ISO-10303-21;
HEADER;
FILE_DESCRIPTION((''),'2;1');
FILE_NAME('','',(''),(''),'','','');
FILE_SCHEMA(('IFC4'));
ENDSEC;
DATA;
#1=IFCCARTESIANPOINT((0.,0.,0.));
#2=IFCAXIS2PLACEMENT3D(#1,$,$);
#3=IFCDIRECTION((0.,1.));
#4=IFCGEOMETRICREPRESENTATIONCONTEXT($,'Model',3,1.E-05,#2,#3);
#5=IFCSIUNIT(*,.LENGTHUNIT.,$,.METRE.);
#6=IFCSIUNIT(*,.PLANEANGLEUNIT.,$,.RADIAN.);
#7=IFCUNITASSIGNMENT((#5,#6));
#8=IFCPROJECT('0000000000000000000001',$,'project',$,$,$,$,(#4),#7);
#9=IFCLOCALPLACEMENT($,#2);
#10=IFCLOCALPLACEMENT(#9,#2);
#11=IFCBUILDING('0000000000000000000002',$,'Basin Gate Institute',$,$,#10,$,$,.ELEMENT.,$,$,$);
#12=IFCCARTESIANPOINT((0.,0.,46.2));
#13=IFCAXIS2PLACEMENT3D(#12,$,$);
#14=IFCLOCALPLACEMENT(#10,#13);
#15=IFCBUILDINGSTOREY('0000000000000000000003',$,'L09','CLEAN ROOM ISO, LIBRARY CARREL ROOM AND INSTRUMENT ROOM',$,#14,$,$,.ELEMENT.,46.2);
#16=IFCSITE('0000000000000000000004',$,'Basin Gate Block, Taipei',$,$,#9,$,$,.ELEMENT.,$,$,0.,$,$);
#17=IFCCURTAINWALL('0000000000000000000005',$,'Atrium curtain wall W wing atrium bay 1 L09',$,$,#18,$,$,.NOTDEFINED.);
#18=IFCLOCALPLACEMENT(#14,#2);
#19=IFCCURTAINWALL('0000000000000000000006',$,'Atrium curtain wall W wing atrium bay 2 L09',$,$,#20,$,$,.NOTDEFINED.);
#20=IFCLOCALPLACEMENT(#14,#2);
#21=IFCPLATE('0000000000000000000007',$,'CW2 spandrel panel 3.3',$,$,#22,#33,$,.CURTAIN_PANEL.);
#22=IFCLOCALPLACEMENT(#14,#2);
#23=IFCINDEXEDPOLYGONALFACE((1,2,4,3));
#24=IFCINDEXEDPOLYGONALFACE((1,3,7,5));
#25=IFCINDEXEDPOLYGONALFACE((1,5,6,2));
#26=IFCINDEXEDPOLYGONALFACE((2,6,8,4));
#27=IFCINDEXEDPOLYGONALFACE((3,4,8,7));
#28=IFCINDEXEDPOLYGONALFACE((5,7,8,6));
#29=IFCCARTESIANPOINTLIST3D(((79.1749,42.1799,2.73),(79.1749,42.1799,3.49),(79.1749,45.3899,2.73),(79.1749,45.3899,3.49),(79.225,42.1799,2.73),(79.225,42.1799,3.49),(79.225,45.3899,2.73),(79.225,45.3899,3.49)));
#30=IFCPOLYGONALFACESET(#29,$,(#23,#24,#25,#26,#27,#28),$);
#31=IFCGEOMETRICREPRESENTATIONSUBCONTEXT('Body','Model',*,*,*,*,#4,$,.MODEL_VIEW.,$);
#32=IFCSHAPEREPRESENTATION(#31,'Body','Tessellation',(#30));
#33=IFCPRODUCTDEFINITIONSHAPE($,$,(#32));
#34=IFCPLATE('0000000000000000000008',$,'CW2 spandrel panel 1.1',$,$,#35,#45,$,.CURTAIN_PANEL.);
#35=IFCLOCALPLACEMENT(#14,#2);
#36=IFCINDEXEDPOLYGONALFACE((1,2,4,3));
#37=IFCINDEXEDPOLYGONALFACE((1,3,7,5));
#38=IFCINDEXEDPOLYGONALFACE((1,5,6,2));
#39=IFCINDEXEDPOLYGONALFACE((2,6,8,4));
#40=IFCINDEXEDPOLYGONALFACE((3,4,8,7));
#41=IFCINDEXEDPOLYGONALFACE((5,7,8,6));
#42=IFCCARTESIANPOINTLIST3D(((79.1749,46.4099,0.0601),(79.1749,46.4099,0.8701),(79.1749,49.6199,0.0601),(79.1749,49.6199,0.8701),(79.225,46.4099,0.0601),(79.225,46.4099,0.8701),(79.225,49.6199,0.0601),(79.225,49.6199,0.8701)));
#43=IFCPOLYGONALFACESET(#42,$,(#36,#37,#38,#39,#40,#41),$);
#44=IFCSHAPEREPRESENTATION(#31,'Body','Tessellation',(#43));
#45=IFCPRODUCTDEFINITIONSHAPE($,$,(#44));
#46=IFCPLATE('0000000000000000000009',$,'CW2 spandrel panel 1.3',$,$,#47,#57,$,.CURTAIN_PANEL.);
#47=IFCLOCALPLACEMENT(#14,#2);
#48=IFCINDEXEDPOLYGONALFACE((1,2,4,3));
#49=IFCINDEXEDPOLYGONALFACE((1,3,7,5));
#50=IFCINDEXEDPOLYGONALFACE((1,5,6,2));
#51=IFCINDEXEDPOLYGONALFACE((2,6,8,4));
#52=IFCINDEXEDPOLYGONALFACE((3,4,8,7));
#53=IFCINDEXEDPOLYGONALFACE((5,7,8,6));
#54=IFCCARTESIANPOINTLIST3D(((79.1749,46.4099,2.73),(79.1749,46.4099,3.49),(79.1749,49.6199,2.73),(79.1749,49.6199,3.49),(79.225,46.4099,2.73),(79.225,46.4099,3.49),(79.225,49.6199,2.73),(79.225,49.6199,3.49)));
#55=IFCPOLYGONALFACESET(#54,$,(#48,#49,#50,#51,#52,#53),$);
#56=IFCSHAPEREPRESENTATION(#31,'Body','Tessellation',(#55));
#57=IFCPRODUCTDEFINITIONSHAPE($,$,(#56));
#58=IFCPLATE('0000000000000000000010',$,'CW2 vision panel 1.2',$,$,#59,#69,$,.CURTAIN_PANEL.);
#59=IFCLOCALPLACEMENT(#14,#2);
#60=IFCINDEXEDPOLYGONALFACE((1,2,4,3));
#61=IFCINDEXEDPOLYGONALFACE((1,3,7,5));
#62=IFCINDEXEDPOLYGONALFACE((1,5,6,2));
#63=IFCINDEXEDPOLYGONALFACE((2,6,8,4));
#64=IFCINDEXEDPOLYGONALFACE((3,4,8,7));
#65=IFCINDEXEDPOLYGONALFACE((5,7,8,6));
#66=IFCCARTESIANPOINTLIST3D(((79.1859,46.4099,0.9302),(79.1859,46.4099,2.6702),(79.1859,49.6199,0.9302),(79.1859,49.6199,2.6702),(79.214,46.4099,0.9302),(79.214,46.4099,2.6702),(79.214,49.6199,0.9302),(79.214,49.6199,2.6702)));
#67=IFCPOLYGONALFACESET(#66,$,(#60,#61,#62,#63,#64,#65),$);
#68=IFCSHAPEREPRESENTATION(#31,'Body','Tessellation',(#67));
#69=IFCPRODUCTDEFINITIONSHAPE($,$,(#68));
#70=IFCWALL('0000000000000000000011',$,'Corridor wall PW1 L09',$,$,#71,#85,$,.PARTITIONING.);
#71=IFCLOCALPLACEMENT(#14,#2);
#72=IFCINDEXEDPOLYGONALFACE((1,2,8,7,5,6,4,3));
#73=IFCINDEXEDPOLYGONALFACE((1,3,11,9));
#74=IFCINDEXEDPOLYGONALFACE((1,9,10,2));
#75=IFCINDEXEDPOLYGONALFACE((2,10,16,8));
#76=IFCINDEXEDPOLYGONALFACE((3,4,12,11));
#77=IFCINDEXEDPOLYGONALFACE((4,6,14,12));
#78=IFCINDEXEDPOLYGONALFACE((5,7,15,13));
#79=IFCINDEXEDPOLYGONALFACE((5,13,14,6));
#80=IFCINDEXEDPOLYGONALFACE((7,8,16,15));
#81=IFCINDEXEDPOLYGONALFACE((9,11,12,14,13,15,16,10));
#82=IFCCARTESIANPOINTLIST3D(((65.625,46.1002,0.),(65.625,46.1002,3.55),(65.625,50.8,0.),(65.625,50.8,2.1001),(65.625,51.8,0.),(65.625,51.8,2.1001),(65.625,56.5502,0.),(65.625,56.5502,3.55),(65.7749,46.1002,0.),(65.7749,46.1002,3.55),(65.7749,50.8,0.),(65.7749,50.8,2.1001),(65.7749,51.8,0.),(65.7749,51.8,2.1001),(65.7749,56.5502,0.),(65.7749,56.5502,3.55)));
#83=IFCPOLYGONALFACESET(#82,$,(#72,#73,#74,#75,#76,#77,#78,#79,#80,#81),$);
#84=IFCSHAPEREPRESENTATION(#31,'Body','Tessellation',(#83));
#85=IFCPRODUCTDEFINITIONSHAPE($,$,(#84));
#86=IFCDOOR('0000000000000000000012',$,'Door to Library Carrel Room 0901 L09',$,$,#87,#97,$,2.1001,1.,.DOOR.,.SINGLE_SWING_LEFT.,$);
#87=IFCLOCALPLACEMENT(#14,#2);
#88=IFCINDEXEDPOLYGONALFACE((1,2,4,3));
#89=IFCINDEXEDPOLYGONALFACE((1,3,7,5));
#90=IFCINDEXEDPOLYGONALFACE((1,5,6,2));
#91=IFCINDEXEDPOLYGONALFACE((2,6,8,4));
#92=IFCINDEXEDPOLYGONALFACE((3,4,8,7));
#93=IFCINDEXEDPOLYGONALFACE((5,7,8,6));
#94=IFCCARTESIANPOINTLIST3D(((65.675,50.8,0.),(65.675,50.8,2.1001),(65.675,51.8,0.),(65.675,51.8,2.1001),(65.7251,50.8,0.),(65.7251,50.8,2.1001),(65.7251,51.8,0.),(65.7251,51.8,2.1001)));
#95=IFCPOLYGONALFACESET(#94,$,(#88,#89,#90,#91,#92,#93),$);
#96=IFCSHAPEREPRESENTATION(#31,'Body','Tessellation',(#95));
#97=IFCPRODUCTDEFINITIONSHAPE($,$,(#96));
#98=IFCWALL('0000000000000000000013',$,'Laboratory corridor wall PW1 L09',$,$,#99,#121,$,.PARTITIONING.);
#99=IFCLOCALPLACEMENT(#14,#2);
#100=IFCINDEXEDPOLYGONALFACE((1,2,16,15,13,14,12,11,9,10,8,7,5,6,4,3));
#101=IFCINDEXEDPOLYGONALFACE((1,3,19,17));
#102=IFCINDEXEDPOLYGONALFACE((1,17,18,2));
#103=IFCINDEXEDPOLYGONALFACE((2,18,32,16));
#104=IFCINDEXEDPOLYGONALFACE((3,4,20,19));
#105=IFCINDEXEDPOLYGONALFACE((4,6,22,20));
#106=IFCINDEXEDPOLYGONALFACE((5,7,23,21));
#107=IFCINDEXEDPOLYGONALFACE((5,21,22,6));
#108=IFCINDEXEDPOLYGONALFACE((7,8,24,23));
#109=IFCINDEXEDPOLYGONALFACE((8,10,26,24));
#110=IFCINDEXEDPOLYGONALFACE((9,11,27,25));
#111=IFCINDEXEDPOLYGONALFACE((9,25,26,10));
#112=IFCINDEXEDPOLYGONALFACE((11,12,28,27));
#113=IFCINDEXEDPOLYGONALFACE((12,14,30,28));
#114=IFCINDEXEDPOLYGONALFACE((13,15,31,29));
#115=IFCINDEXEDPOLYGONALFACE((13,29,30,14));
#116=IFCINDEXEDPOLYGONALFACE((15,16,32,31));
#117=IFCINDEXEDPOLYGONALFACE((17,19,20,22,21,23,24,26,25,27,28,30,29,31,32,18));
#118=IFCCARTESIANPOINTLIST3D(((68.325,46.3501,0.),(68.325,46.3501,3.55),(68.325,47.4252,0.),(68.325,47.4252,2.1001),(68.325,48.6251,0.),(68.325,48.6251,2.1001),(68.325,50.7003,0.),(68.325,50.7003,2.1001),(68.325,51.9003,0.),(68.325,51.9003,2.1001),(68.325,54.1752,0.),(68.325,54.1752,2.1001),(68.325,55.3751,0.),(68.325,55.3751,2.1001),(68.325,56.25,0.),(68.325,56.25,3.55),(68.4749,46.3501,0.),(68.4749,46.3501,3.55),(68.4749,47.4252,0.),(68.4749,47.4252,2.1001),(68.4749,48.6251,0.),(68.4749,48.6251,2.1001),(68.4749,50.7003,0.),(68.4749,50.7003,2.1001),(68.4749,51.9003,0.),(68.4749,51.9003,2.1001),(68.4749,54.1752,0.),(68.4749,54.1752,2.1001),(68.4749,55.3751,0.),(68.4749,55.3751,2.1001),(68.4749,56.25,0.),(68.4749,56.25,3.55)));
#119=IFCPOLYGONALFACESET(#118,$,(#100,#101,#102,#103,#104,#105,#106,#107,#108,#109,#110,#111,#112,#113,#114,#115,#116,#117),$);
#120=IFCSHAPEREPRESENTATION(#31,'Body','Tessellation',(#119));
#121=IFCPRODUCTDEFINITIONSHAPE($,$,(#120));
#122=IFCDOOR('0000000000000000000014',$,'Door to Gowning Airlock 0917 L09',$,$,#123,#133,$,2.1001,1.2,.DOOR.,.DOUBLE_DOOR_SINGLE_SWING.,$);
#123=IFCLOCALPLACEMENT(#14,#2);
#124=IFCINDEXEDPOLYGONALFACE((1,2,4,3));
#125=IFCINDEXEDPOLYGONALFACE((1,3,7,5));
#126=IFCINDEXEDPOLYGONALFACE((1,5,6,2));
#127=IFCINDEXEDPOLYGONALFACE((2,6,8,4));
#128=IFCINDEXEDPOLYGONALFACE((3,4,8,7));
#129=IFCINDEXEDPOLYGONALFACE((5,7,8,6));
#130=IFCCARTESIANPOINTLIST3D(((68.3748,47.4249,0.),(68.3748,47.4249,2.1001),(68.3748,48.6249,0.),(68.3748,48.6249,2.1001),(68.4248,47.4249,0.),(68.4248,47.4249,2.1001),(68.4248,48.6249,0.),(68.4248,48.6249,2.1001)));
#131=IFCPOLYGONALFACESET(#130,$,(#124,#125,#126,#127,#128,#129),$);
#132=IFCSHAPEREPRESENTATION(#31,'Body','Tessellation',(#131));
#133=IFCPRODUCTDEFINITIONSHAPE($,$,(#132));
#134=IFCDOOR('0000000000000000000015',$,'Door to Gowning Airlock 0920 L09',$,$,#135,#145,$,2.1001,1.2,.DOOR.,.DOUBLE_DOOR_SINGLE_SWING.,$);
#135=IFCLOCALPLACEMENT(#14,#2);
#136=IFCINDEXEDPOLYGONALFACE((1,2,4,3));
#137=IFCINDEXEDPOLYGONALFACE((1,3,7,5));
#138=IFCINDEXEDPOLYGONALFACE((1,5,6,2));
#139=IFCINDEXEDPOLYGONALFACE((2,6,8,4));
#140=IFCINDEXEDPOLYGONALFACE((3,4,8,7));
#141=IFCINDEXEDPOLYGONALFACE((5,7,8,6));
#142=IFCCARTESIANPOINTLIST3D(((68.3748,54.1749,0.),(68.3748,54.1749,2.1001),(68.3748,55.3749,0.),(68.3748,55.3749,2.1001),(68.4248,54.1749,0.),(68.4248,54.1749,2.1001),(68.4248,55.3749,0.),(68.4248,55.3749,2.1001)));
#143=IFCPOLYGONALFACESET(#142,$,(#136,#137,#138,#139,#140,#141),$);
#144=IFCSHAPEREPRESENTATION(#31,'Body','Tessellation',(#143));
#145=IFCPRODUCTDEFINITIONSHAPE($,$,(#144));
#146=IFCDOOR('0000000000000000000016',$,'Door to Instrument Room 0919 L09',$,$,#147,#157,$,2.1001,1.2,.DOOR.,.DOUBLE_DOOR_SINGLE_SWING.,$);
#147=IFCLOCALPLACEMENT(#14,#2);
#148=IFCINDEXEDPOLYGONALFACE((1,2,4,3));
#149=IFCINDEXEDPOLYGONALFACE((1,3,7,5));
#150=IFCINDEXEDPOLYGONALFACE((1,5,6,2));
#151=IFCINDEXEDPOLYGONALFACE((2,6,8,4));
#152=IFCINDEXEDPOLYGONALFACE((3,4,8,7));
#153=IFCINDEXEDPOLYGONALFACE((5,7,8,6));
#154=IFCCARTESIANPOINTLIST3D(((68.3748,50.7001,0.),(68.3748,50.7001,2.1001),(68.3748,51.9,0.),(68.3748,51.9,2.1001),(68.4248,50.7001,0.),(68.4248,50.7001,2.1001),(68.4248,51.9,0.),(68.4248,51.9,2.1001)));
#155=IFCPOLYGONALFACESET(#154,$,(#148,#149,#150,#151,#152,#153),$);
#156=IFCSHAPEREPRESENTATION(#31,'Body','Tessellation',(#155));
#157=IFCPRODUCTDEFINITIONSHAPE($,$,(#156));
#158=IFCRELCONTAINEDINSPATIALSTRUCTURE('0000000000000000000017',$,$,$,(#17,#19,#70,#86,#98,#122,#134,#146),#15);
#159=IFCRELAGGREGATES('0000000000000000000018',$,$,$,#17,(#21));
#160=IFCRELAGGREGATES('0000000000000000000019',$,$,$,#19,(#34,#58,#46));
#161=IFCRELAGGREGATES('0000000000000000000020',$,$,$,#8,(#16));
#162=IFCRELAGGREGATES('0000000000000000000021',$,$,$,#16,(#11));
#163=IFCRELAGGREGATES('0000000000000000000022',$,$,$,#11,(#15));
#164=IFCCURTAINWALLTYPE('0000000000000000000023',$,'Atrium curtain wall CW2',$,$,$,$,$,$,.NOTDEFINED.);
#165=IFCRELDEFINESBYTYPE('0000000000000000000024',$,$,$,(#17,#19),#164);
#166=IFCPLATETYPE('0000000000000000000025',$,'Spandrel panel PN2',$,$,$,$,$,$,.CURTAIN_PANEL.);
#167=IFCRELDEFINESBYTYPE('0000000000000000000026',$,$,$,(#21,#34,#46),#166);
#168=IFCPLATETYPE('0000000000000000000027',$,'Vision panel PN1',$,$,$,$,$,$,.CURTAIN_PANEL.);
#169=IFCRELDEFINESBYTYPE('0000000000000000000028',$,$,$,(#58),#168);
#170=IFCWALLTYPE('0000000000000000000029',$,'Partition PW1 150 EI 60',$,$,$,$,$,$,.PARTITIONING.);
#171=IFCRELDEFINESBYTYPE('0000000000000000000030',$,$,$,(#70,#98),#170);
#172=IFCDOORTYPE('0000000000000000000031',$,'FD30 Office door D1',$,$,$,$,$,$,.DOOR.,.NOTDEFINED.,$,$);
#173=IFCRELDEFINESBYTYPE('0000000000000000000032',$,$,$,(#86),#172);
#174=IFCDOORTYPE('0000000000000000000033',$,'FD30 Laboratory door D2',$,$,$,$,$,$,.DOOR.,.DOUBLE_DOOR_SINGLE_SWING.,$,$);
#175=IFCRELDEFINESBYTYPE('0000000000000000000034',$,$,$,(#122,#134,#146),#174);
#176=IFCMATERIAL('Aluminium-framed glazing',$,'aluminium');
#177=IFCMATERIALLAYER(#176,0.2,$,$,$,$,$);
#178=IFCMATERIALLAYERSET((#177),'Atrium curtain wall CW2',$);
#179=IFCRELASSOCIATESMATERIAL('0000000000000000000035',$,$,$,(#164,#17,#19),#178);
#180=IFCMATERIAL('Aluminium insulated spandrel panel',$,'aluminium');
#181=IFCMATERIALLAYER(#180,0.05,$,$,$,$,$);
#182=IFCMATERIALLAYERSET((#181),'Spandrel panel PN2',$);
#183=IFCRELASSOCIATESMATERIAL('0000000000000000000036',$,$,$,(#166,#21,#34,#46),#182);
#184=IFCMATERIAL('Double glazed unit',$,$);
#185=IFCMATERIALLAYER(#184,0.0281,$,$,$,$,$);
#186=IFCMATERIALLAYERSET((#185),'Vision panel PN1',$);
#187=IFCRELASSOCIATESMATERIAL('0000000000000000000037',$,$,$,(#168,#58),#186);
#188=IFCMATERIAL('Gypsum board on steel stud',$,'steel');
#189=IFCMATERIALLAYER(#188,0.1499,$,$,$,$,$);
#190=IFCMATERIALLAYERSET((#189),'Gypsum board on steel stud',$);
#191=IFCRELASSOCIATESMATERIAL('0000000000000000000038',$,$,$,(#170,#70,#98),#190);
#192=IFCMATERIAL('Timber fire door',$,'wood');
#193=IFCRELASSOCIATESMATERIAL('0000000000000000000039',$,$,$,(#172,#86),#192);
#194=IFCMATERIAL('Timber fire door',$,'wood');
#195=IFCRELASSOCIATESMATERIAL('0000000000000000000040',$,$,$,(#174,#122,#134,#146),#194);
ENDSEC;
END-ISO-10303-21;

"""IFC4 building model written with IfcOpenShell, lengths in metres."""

from ifc_helpers import new_model, si_unit, direction, frame, frame_2d, origin, origin_2d, place, context, subcontext, project, spatial, rectangle, extrude, material, layer, layer_set, type_object, element, fill, aggregate, save


model = new_model("IFC4")

# Units and contexts
model_context = context("Model", 3, precision=1e-05, world=origin(), true_north=direction((0.0, 1.0)))
body_context = subcontext(model_context, "Body", "Model", "MODEL_VIEW")
ifc_project = project(units=[si_unit("LENGTHUNIT", "METRE"), si_unit("PLANEANGLEUNIT", "RADIAN")], contexts=[model_context])

# Site, building, storey
site_placement = place(None, origin())
site = spatial("IfcSite", under=ifc_project, at=site_placement, Name="Basin Gate Block, Taipei", CompositionType="ELEMENT", RefElevation=0.0)
building_placement = place(site_placement, origin())
building = spatial("IfcBuilding", under=site, at=building_placement, Name="Basin Gate Institute", CompositionType="ELEMENT")
storey_placement = place(building_placement, frame((0.0, 0.0, 46.2)))
storey = spatial("IfcBuildingStorey", under=building, at=storey_placement, Name="L09", Description="CLEAN ROOM ISO, LIBRARY CARREL ROOM AND INSTRUMENT ROOM", CompositionType="ELEMENT", Elevation=46.2)

# Curtain walls
ifc_material_1 = material(Name="Aluminium-framed glazing", Category="aluminium")
ifc_layer_1 = layer(ifc_material_1, 0.2)
ifc_layer_set_1 = layer_set([ifc_layer_1], Name="Atrium curtain wall CW2")
curtain_wall_type = type_object("IfcCurtainWallType", Name="Atrium curtain wall CW2", PredefinedType="NOTDEFINED", material=ifc_layer_set_1)
curtain_wall_1_placement = place(storey_placement, origin())
curtain_wall_1 = element("IfcCurtainWall", 1, at=curtain_wall_1_placement, inside=storey, type_object=curtain_wall_type, material=ifc_layer_set_1, Name="Atrium curtain wall W wing atrium bay 1 L09", PredefinedType="NOTDEFINED")
curtain_wall_2_placement = place(storey_placement, origin())
curtain_wall_2 = element("IfcCurtainWall", 2, at=curtain_wall_2_placement, inside=storey, type_object=curtain_wall_type, material=ifc_layer_set_1, Name="Atrium curtain wall W wing atrium bay 2 L09", PredefinedType="NOTDEFINED")

# Plates
ifc_material_2 = material(Name="Aluminium insulated spandrel panel", Category="aluminium")
ifc_layer_2 = layer(ifc_material_2, 0.05)
ifc_layer_set_2 = layer_set([ifc_layer_2], Name="Spandrel panel PN2")
plate_type_1 = type_object("IfcPlateType", Name="Spandrel panel PN2", PredefinedType="CURTAIN_PANEL", material=ifc_layer_set_2)
plate_1_placement = place(storey_placement, frame((79.2, 43.7849, 2.73), z_axis=(0.0, 0.0, 1.0), x_axis=(0.0, 1.0, 0.0)))
plate_1 = element("IfcPlate", 3, at=plate_1_placement, type_object=plate_type_1, material=ifc_layer_set_2, Name="CW2 spandrel panel 3.3", PredefinedType="CURTAIN_PANEL", context=body_context, shape_type="SweptSolid", body=[
    extrude(rectangle(XDim=3.21, YDim=0.05, at=origin_2d()), origin(), (0.0, 0.0, 1.0), 0.76),
])
aggregate(curtain_wall_1, [plate_1])
plate_2_placement = place(storey_placement, frame((79.2, 48.0149, 0.0601), z_axis=(0.0, 0.0, 1.0), x_axis=(0.0, 1.0, 0.0)))
plate_2 = element("IfcPlate", 4, at=plate_2_placement, type_object=plate_type_1, material=ifc_layer_set_2, Name="CW2 spandrel panel 1.1", PredefinedType="CURTAIN_PANEL", context=body_context, shape_type="SweptSolid", body=[
    extrude(rectangle(XDim=3.21, YDim=0.05, at=origin_2d()), origin(), (0.0, 0.0, 1.0), 0.8101),
])
plate_3_placement = place(storey_placement, frame((79.2, 48.0149, 2.73), z_axis=(0.0, 0.0, 1.0), x_axis=(0.0, 1.0, 0.0)))
plate_3 = element("IfcPlate", 5, at=plate_3_placement, type_object=plate_type_1, material=ifc_layer_set_2, Name="CW2 spandrel panel 1.3", PredefinedType="CURTAIN_PANEL", context=body_context, shape_type="SweptSolid", body=[
    extrude(rectangle(XDim=3.21, YDim=0.05, at=origin_2d()), origin(), (0.0, 0.0, 1.0), 0.76),
])
ifc_material_3 = material(Name="Double glazed unit")
ifc_layer_3 = layer(ifc_material_3, 0.0281)
ifc_layer_set_3 = layer_set([ifc_layer_3], Name="Vision panel PN1")
plate_type_2 = type_object("IfcPlateType", Name="Vision panel PN1", PredefinedType="CURTAIN_PANEL", material=ifc_layer_set_3)
plate_4_placement = place(storey_placement, frame((79.2, 48.0149, 0.9302), z_axis=(0.0, 0.0, 1.0), x_axis=(0.0, 1.0, 0.0)))
plate_4 = element("IfcPlate", 6, at=plate_4_placement, type_object=plate_type_2, material=ifc_layer_set_3, Name="CW2 vision panel 1.2", PredefinedType="CURTAIN_PANEL", context=body_context, shape_type="SweptSolid", body=[
    extrude(rectangle(XDim=3.21, YDim=0.0281, at=origin_2d()), origin(), (0.0, 0.0, 1.0), 1.74),
])
aggregate(curtain_wall_2, [plate_2, plate_4, plate_3])

# Wall, opening, door
ifc_material_4 = material(Name="Gypsum board on steel stud", Category="steel")
ifc_layer_4 = layer(ifc_material_4, 0.1499)
ifc_layer_set_4 = layer_set([ifc_layer_4], Name="Gypsum board on steel stud")
wall_type = type_object("IfcWallType", Name="Partition PW1 150 EI 60", PredefinedType="PARTITIONING", material=ifc_layer_set_4)
wall_1_placement = place(storey_placement, frame((65.7, 46.1001, 0.0), z_axis=(0.0, 0.0, 1.0), x_axis=(0.0, 1.0, 0.0)))
wall_1 = element("IfcWall", 7, at=wall_1_placement, inside=storey, type_object=wall_type, material=ifc_layer_set_4, Name="Corridor wall PW1 L09", PredefinedType="PARTITIONING", context=body_context, shape_type="SweptSolid", body=[
    extrude(rectangle(XDim=10.45, YDim=0.1499, at=frame_2d((5.2251, 0.0))), origin(), (0.0, 0.0, 1.0), 3.55),
])
opening_1_placement = place(wall_1_placement, frame((4.7, 0.0, 0.0)))
opening_1 = element("IfcOpeningElement", 8, at=opening_1_placement, cuts=wall_1, PredefinedType="OPENING", context=body_context, shape_type="SweptSolid", body=[
    extrude(rectangle(XDim=1.0, YDim=2.1001, at=frame_2d((0.5, 1.05))), frame((0.0, 0.085, 0.0), z_axis=(0.0, -1.0, 0.0), x_axis=(1.0, 0.0, 0.0)), (0.0, 0.0, 1.0), 0.1699),
])
ifc_material_5 = material(Name="Timber fire door", Category="wood")
door_type_1 = type_object("IfcDoorType", Name="FD30 Office door D1", OperationType="NOTDEFINED", PredefinedType="DOOR", material=ifc_material_5)
door_1_placement = place(opening_1_placement, origin())
door_1 = element("IfcDoor", 9, at=door_1_placement, inside=storey, type_object=door_type_1, material=ifc_material_5, Name="Door to Library Carrel Room 0901 L09", OperationType="SINGLE_SWING_LEFT", OverallHeight=2.1001, OverallWidth=1.0, PredefinedType="DOOR", context=body_context, shape_type="SweptSolid", body=[
    extrude(rectangle(XDim=1.0, YDim=2.1001, at=frame_2d((0.5, 1.05))), frame((0.0, 0.0249, 0.0), z_axis=(0.0, -1.0, 0.0), x_axis=(1.0, 0.0, 0.0)), (0.0, 0.0, 1.0), 0.05),
])
fill(opening_1, door_1)

# Wall, openings, doors
wall_2_placement = place(storey_placement, frame((68.3999, 46.3501, 0.0), z_axis=(0.0, 0.0, 1.0), x_axis=(0.0, 1.0, 0.0)))
wall_2 = element("IfcWall", 10, at=wall_2_placement, inside=storey, type_object=wall_type, material=ifc_layer_set_4, Name="Laboratory corridor wall PW1 L09", PredefinedType="PARTITIONING", context=body_context, shape_type="SweptSolid", body=[
    extrude(rectangle(XDim=9.8999, YDim=0.1499, at=frame_2d((4.95, 0.0))), origin(), (0.0, 0.0, 1.0), 3.55),
])
opening_2_placement = place(wall_2_placement, frame((1.075, 0.0, 0.0)))
opening_2 = element("IfcOpeningElement", 11, at=opening_2_placement, cuts=wall_2, PredefinedType="OPENING", context=body_context, shape_type="SweptSolid", body=[
    extrude(rectangle(XDim=1.2, YDim=2.1001, at=frame_2d((0.6001, 1.05))), frame((0.0, 0.085, 0.0), z_axis=(0.0, -1.0, 0.0), x_axis=(1.0, 0.0, 0.0)), (0.0, 0.0, 1.0), 0.1699),
])
opening_3_placement = place(wall_2_placement, frame((7.825, 0.0, 0.0)))
opening_3 = element("IfcOpeningElement", 12, at=opening_3_placement, cuts=wall_2, PredefinedType="OPENING", context=body_context, shape_type="SweptSolid", body=[
    extrude(rectangle(XDim=1.2, YDim=2.1001, at=frame_2d((0.6001, 1.05))), frame((0.0, 0.085, 0.0), z_axis=(0.0, -1.0, 0.0), x_axis=(1.0, 0.0, 0.0)), (0.0, 0.0, 1.0), 0.1699),
])
opening_4_placement = place(wall_2_placement, frame((4.3501, 0.0, 0.0)))
opening_4 = element("IfcOpeningElement", 13, at=opening_4_placement, cuts=wall_2, PredefinedType="OPENING", context=body_context, shape_type="SweptSolid", body=[
    extrude(rectangle(XDim=1.2, YDim=2.1001, at=frame_2d((0.6001, 1.05))), frame((0.0, 0.085, 0.0), z_axis=(0.0, -1.0, 0.0), x_axis=(1.0, 0.0, 0.0)), (0.0, 0.0, 1.0), 0.1699),
])
ifc_material_6 = material(Name="Timber fire door", Category="wood")
door_type_2 = type_object("IfcDoorType", Name="FD30 Laboratory door D2", OperationType="DOUBLE_DOOR_SINGLE_SWING", PredefinedType="DOOR", material=ifc_material_6)
door_2_placement = place(opening_2_placement, frame((1.2, 0.0, 0.0), z_axis=(0.0, 0.0, 1.0), x_axis=(-1.0, 0.0, 0.0)))
door_2 = element("IfcDoor", 14, at=door_2_placement, inside=storey, type_object=door_type_2, material=ifc_material_6, Name="Door to Gowning Airlock 0917 L09", OperationType="DOUBLE_DOOR_SINGLE_SWING", OverallHeight=2.1001, OverallWidth=1.2, PredefinedType="DOOR", context=body_context, shape_type="SweptSolid", body=[
    extrude(rectangle(XDim=1.2, YDim=2.1001, at=frame_2d((0.6001, 1.05))), frame((0.0, 0.0249, 0.0), z_axis=(0.0, -1.0, 0.0), x_axis=(1.0, 0.0, 0.0)), (0.0, 0.0, 1.0), 0.05),
])
fill(opening_2, door_2)
door_3_placement = place(opening_3_placement, frame((1.2, 0.0, 0.0), z_axis=(0.0, 0.0, 1.0), x_axis=(-1.0, 0.0, 0.0)))
door_3 = element("IfcDoor", 15, at=door_3_placement, inside=storey, type_object=door_type_2, material=ifc_material_6, Name="Door to Gowning Airlock 0920 L09", OperationType="DOUBLE_DOOR_SINGLE_SWING", OverallHeight=2.1001, OverallWidth=1.2, PredefinedType="DOOR", context=body_context, shape_type="SweptSolid", body=[
    extrude(rectangle(XDim=1.2, YDim=2.1001, at=frame_2d((0.6001, 1.05))), frame((0.0, 0.0249, 0.0), z_axis=(0.0, -1.0, 0.0), x_axis=(1.0, 0.0, 0.0)), (0.0, 0.0, 1.0), 0.05),
])
fill(opening_3, door_3)
door_4_placement = place(opening_4_placement, frame((1.2, 0.0, 0.0), z_axis=(0.0, 0.0, 1.0), x_axis=(-1.0, 0.0, 0.0)))
door_4 = element("IfcDoor", 16, at=door_4_placement, inside=storey, type_object=door_type_2, material=ifc_material_6, Name="Door to Instrument Room 0919 L09", OperationType="DOUBLE_DOOR_SINGLE_SWING", OverallHeight=2.1001, OverallWidth=1.2, PredefinedType="DOOR", context=body_context, shape_type="SweptSolid", body=[
    extrude(rectangle(XDim=1.2, YDim=2.1001, at=frame_2d((0.6001, 1.05))), frame((0.0, 0.0249, 0.0), z_axis=(0.0, -1.0, 0.0), x_axis=(1.0, 0.0, 0.0)), (0.0, 0.0, 1.0), 0.05),
])
fill(opening_4, door_4)

save(model, "model.ifc")
